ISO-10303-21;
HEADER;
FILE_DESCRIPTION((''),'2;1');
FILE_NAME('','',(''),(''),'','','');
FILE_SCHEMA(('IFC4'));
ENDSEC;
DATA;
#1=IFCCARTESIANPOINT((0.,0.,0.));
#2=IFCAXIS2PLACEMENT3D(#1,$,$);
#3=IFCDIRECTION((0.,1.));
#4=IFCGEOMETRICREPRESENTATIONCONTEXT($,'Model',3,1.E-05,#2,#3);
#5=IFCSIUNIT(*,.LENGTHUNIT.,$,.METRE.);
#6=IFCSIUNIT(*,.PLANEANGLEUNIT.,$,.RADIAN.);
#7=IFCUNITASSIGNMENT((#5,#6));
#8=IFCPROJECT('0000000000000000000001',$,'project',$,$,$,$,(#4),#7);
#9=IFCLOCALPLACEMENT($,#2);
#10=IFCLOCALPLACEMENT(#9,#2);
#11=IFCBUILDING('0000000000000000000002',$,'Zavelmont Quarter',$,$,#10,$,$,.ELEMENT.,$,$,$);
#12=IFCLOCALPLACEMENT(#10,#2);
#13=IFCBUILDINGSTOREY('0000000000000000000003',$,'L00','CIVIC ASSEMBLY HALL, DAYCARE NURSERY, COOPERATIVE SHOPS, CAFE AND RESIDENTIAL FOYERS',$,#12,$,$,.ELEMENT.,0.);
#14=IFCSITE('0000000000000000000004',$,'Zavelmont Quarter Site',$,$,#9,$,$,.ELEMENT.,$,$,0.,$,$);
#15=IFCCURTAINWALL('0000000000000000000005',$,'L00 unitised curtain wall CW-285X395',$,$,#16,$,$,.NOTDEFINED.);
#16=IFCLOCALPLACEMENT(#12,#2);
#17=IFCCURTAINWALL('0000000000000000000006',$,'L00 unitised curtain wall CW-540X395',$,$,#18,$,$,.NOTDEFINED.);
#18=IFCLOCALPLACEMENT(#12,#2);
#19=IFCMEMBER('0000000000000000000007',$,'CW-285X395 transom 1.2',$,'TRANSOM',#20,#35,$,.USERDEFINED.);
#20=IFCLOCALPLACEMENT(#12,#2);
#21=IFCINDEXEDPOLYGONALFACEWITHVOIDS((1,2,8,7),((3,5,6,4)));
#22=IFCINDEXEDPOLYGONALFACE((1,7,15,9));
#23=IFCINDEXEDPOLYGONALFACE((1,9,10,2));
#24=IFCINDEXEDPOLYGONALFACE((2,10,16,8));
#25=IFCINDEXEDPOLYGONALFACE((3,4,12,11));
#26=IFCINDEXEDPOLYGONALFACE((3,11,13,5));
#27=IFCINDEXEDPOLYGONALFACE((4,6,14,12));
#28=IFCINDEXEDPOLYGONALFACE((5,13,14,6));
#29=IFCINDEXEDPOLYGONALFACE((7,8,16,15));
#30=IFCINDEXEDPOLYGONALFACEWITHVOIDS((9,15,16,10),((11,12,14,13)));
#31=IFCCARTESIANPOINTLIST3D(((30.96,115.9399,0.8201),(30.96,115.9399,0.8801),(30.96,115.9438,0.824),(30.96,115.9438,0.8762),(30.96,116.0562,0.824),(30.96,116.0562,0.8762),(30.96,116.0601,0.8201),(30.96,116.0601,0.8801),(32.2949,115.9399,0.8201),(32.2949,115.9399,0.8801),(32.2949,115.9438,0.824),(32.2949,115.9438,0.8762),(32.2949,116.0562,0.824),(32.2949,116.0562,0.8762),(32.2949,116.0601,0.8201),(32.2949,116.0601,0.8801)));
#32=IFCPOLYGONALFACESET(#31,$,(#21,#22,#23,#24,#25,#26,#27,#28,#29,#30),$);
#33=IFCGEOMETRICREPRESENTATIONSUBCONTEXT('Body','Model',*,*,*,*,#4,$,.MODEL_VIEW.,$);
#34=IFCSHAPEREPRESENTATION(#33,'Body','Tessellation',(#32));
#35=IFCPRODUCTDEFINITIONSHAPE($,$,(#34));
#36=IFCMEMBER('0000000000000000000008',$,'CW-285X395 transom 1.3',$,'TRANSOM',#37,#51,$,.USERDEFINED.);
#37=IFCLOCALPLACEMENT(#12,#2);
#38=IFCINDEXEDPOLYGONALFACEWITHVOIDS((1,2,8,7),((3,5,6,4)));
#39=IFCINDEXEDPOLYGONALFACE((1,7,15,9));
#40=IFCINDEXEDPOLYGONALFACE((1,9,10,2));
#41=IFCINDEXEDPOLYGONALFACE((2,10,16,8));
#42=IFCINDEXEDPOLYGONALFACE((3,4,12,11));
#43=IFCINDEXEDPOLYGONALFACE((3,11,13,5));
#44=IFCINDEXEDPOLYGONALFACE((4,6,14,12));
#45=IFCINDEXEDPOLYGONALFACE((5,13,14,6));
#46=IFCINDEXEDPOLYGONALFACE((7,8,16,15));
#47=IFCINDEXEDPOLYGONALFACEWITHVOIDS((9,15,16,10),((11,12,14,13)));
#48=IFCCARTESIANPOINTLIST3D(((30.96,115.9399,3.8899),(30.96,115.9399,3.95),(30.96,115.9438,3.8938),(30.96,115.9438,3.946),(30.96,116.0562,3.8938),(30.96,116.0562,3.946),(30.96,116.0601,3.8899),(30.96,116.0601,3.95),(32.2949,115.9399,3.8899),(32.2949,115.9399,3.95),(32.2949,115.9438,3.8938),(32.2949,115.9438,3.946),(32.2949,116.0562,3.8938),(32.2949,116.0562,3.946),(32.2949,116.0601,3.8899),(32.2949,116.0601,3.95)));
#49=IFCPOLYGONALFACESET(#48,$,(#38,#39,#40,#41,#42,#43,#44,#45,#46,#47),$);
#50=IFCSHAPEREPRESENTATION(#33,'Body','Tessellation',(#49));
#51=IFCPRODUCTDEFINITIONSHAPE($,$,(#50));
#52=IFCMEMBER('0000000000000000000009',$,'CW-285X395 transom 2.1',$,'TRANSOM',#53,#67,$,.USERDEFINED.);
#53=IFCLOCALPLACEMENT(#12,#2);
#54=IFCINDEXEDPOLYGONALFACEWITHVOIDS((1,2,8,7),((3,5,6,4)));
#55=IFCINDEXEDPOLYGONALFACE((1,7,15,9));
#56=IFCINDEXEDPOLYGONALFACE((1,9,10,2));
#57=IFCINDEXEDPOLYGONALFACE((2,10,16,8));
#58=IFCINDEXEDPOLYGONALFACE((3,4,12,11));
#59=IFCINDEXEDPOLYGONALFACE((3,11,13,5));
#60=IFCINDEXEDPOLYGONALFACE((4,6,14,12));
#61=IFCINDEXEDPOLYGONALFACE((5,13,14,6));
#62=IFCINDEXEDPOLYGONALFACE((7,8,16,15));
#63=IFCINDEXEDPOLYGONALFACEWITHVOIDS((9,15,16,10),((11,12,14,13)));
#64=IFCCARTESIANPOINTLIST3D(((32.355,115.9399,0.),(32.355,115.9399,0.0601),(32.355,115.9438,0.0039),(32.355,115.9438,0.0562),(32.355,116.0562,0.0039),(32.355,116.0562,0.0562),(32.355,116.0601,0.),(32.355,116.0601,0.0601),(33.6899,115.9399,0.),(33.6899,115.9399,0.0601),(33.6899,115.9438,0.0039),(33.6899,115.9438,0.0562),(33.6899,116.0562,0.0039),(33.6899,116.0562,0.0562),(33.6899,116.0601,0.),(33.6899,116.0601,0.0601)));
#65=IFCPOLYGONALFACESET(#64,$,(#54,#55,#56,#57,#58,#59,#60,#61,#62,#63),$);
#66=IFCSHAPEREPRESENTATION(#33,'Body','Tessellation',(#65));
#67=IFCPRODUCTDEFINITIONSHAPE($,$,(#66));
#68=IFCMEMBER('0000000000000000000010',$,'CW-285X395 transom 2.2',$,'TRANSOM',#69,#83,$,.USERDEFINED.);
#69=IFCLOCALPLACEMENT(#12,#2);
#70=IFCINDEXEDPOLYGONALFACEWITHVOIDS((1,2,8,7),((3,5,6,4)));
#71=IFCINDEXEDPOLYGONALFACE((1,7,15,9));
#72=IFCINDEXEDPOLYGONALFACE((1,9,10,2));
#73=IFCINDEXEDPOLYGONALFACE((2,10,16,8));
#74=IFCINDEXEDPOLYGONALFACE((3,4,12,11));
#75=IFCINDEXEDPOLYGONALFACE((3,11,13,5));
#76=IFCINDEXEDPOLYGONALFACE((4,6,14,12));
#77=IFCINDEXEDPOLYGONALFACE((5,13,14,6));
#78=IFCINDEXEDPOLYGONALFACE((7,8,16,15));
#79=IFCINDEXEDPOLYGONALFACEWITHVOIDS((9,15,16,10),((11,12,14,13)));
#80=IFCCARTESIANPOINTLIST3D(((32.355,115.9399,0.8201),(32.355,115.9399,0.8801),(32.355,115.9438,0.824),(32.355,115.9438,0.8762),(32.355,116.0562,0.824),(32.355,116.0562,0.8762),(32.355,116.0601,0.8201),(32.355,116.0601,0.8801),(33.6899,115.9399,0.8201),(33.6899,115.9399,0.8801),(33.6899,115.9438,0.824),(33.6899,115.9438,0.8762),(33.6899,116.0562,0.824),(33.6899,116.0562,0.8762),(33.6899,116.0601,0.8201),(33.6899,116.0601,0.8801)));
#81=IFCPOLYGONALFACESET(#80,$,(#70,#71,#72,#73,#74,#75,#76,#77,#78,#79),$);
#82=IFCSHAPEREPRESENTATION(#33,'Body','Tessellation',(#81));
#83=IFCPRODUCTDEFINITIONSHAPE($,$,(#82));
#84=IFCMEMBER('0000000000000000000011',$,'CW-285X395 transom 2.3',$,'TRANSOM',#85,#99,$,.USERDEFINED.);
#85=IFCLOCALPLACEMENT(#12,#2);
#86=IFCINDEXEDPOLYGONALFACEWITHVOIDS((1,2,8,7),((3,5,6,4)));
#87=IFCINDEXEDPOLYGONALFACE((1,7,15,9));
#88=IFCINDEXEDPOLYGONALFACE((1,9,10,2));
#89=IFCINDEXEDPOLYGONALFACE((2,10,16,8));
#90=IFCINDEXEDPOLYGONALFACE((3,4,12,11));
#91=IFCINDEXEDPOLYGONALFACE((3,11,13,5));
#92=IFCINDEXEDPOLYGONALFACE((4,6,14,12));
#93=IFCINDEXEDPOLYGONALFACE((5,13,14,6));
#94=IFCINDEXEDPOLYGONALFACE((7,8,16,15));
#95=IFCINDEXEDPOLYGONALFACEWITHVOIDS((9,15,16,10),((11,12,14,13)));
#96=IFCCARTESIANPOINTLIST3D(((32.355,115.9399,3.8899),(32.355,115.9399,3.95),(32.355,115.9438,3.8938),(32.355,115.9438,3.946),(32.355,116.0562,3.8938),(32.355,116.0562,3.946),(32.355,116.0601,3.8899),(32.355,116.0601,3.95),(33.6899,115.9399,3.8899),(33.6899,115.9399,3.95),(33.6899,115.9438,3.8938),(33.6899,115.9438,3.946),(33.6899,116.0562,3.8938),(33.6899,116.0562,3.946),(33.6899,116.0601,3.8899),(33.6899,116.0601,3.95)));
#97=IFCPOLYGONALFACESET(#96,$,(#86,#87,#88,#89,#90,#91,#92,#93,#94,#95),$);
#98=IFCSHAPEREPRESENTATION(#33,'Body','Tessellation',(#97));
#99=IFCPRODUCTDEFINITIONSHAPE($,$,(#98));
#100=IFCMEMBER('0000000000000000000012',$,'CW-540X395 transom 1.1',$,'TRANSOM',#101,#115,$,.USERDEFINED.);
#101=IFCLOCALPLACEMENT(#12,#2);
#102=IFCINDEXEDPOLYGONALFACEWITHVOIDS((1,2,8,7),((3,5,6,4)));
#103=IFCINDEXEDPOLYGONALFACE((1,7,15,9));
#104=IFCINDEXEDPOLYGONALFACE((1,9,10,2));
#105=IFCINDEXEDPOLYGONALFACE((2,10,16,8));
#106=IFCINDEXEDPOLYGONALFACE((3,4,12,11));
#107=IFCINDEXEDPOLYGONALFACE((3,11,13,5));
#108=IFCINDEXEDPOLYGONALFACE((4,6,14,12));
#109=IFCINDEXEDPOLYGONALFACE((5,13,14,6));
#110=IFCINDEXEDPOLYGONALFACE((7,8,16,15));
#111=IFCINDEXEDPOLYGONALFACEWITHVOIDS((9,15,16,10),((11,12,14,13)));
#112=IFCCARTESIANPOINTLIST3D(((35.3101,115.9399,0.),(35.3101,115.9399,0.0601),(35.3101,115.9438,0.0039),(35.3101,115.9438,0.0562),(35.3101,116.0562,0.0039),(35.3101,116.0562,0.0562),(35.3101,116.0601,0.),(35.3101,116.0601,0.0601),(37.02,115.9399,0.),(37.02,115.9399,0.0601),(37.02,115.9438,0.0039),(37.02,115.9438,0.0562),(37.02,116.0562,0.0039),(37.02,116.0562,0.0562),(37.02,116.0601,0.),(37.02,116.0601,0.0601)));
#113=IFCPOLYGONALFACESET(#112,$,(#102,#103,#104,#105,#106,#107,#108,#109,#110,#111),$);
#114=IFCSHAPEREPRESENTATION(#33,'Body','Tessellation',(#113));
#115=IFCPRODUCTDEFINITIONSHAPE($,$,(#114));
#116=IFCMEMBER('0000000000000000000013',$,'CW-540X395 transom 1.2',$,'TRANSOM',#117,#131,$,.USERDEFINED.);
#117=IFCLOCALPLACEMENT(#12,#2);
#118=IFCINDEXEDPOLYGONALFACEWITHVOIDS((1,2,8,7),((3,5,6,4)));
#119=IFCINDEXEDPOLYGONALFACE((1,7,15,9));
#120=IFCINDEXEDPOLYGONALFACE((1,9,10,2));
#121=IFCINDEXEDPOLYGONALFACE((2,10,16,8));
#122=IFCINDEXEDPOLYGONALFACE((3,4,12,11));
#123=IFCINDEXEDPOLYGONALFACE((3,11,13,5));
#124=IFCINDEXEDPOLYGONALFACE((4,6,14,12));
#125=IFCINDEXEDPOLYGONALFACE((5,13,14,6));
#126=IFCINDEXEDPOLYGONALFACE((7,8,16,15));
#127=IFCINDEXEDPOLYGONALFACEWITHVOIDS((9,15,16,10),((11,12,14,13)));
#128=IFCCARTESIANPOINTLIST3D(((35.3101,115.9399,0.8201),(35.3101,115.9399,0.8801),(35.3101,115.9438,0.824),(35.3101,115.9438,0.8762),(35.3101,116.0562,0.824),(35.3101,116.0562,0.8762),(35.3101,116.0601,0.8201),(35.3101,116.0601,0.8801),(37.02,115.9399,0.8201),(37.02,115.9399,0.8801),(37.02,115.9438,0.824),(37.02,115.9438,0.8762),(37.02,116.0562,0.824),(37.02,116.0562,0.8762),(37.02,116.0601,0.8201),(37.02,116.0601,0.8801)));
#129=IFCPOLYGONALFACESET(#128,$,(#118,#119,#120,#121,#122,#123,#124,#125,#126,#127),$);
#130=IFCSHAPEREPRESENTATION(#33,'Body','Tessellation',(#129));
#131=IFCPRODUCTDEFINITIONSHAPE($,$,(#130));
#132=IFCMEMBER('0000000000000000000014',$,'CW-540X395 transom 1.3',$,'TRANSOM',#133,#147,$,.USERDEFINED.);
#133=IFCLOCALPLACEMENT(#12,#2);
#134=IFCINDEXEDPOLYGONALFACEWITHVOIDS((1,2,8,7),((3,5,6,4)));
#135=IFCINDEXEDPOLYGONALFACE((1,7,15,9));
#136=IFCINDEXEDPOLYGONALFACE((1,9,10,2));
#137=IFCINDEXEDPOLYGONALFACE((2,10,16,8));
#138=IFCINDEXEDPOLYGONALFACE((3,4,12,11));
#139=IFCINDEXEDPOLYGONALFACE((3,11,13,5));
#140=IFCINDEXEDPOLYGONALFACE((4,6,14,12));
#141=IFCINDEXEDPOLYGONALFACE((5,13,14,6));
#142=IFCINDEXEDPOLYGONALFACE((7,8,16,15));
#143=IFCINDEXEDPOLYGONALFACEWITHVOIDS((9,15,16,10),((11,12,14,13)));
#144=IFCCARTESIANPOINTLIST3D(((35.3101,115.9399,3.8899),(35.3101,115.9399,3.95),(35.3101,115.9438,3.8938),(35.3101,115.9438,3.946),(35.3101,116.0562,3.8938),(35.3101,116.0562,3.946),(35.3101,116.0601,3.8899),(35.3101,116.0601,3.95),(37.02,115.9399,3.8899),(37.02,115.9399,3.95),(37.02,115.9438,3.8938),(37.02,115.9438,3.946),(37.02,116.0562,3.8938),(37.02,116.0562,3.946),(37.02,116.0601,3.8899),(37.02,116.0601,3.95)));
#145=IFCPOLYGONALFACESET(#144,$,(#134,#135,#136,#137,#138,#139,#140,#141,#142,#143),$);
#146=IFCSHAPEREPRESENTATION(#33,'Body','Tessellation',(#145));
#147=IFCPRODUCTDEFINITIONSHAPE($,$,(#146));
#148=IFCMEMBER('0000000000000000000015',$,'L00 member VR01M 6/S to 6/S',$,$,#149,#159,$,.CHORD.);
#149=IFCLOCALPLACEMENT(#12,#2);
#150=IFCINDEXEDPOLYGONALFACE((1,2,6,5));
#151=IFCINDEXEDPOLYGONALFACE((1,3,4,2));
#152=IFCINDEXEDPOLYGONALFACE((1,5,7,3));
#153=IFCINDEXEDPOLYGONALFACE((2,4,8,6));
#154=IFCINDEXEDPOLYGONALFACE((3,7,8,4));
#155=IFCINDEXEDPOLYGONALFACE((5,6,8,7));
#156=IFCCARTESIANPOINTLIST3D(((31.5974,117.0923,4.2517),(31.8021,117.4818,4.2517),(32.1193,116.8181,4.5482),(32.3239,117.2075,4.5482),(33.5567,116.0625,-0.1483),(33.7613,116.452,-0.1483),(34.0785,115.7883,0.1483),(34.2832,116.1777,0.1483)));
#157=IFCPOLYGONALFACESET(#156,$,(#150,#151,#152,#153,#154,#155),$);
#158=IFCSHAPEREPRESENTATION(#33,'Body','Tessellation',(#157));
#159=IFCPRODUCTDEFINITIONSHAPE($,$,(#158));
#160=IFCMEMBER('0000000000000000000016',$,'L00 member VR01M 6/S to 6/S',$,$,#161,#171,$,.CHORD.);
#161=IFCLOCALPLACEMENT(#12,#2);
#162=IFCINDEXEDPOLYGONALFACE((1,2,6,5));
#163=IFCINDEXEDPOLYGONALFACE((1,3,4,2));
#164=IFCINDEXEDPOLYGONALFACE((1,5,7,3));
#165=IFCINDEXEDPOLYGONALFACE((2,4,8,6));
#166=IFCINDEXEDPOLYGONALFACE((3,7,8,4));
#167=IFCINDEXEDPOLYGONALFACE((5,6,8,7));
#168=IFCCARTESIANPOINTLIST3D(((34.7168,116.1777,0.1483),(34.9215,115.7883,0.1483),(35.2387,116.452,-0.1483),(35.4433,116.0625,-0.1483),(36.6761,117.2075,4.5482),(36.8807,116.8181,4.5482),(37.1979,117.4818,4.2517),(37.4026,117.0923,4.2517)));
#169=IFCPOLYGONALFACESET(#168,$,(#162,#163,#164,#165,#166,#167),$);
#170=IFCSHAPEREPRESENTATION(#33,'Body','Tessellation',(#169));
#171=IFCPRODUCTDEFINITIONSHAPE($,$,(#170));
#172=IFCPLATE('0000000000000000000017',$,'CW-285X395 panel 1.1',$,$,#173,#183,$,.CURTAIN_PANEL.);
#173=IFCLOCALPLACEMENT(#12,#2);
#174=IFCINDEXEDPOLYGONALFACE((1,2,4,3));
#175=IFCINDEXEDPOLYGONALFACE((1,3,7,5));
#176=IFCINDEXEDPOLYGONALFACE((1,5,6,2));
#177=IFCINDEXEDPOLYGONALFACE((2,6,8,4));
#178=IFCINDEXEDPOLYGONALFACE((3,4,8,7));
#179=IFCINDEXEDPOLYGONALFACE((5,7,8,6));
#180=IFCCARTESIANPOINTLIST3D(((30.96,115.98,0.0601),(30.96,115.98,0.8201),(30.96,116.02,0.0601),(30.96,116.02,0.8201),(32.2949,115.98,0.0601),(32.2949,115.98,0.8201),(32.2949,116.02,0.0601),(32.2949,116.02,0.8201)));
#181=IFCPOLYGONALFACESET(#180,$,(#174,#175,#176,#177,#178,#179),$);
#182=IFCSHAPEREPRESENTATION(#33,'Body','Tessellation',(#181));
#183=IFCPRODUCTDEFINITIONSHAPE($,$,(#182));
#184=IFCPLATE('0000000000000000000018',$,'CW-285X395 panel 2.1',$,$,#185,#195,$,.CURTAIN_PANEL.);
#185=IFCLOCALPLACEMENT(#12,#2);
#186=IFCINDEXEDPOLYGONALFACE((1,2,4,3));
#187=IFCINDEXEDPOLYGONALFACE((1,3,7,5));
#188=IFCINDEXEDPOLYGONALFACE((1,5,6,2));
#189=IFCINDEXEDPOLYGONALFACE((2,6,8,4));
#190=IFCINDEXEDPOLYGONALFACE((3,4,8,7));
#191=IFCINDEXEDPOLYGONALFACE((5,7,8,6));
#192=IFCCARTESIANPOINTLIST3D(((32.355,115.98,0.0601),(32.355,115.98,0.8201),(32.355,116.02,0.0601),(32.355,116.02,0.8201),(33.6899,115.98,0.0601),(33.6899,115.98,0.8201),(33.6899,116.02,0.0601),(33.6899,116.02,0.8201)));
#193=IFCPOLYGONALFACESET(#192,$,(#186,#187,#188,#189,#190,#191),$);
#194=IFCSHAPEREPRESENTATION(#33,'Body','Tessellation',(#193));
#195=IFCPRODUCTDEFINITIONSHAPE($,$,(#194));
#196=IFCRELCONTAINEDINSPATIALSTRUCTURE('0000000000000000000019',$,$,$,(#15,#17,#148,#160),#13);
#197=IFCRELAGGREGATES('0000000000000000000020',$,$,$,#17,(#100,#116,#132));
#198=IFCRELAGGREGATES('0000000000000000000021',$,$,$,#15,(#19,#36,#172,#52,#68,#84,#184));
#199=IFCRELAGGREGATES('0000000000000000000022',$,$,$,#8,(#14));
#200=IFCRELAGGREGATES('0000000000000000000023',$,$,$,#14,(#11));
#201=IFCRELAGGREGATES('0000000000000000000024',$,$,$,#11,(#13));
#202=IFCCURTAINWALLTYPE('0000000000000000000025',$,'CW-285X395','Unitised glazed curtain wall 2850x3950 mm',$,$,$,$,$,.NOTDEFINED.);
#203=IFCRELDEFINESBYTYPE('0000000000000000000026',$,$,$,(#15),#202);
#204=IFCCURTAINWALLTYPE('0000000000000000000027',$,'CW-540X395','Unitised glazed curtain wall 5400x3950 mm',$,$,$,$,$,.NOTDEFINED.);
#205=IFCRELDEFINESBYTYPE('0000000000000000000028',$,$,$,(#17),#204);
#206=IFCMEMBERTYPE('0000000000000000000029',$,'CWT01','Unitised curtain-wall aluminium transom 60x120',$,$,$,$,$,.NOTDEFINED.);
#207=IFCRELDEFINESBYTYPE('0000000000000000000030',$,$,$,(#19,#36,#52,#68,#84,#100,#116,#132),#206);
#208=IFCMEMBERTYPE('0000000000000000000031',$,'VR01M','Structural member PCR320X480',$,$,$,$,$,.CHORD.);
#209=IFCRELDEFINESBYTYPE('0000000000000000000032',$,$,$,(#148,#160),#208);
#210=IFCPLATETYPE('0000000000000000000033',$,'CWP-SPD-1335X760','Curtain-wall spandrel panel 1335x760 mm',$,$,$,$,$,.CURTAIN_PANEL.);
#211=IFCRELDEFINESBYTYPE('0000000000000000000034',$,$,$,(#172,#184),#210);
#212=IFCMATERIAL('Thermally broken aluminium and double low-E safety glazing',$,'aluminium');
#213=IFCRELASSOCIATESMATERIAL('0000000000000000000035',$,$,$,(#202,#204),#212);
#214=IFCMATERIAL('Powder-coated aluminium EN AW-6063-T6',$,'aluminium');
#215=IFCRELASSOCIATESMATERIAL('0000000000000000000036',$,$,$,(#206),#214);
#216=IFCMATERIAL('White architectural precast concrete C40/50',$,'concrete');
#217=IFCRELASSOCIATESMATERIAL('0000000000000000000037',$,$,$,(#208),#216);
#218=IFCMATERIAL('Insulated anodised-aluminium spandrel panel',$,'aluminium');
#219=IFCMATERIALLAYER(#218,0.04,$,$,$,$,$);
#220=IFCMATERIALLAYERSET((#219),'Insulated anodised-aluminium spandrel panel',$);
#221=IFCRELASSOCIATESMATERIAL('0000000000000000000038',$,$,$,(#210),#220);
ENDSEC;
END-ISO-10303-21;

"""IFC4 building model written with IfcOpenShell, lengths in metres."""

from ifc_helpers import new_model, si_unit, direction, frame, origin, origin_2d, place, context, subcontext, project, spatial, rectangle, hollow_rectangle, extrude, material, layer, layer_set, material_profile, profile_set, type_object, element, aggregate, save


model = new_model("IFC4")

# Units and contexts
model_context = context("Model", 3, precision=1e-05, world=origin(), true_north=direction((0.0, 1.0)))
body_context = subcontext(model_context, "Body", "Model", "MODEL_VIEW")
ifc_project = project(units=[si_unit("LENGTHUNIT", "METRE"), si_unit("PLANEANGLEUNIT", "RADIAN")], contexts=[model_context])

# Site, building, storey
site_placement = place(None, origin())
site = spatial("IfcSite", under=ifc_project, at=site_placement, Name="Zavelmont Quarter Site", CompositionType="ELEMENT", RefElevation=0.0)
building_placement = place(site_placement, origin())
building = spatial("IfcBuilding", under=site, at=building_placement, Name="Zavelmont Quarter", CompositionType="ELEMENT")
storey_placement = place(building_placement, origin())
storey = spatial("IfcBuildingStorey", under=building, at=storey_placement, Name="L00", Description="CIVIC ASSEMBLY HALL, DAYCARE NURSERY, COOPERATIVE SHOPS, CAFE AND RESIDENTIAL FOYERS", CompositionType="ELEMENT", Elevation=0.0)

# Curtain wall
ifc_material_1 = material(Name="Thermally broken aluminium and double low-E safety glazing", Category="aluminium")
curtain_wall_type_1 = type_object("IfcCurtainWallType", Name="CW-285X395", Description="Unitised glazed curtain wall 2850x3950 mm", PredefinedType="NOTDEFINED", material=ifc_material_1)
curtain_wall_1_placement = place(storey_placement, origin())
curtain_wall_1 = element("IfcCurtainWall", 1, at=curtain_wall_1_placement, inside=storey, type_object=curtain_wall_type_1, Name="L00 unitised curtain wall CW-285X395", PredefinedType="NOTDEFINED")
ifc_material_2 = material(Name="Powder-coated aluminium EN AW-6063-T6", Category="aluminium")

# Curtain wall
curtain_wall_type_2 = type_object("IfcCurtainWallType", Name="CW-540X395", Description="Unitised glazed curtain wall 5400x3950 mm", PredefinedType="NOTDEFINED", material=ifc_material_1)
curtain_wall_2_placement = place(storey_placement, origin())
curtain_wall_2 = element("IfcCurtainWall", 2, at=curtain_wall_2_placement, inside=storey, type_object=curtain_wall_type_2, Name="L00 unitised curtain wall CW-540X395", PredefinedType="NOTDEFINED")

# Members
ifc_material_profile_1 = material_profile(ifc_material_2, hollow_rectangle(XDim=0.1201, YDim=0.0601, WallThickness=0.0039, at=origin_2d()), Name="CWT60X120")
ifc_profile_set_1 = profile_set([ifc_material_profile_1], Name="Powder-coated aluminium EN AW-6063-T6")
member_type_1 = type_object("IfcMemberType", Name="CWT01", Description="Unitised curtain-wall aluminium transom 60x120", PredefinedType="NOTDEFINED", material=ifc_profile_set_1)
member_1_placement = place(storey_placement, frame((30.96, 116.0, 0.8501), z_axis=(1.0, 0.0, 0.0), x_axis=(0.0, 1.0, 0.0)))
member_1 = element("IfcMember", 3, at=member_1_placement, type_object=member_type_1, Name="CW-285X395 transom 1.2", ObjectType="TRANSOM", PredefinedType="USERDEFINED", context=body_context, shape_type="SweptSolid", body=[
    extrude(hollow_rectangle(XDim=0.1201, YDim=0.0601, WallThickness=0.0039, at=origin_2d()), origin(), (0.0, 0.0, 1.0), 1.335),
])
member_2_placement = place(storey_placement, frame((30.96, 116.0, 3.9199), z_axis=(1.0, 0.0, 0.0), x_axis=(0.0, 1.0, 0.0)))
member_2 = element("IfcMember", 4, at=member_2_placement, type_object=member_type_1, Name="CW-285X395 transom 1.3", ObjectType="TRANSOM", PredefinedType="USERDEFINED", context=body_context, shape_type="SweptSolid", body=[
    extrude(hollow_rectangle(XDim=0.1201, YDim=0.0601, WallThickness=0.0039, at=origin_2d()), origin(), (0.0, 0.0, 1.0), 1.335),
])
member_3_placement = place(storey_placement, frame((32.355, 116.0, 0.03), z_axis=(1.0, 0.0, 0.0), x_axis=(0.0, 1.0, 0.0)))
member_3 = element("IfcMember", 5, at=member_3_placement, type_object=member_type_1, Name="CW-285X395 transom 2.1", ObjectType="TRANSOM", PredefinedType="USERDEFINED", context=body_context, shape_type="SweptSolid", body=[
    extrude(hollow_rectangle(XDim=0.1201, YDim=0.0601, WallThickness=0.0039, at=origin_2d()), origin(), (0.0, 0.0, 1.0), 1.335),
])
member_4_placement = place(storey_placement, frame((32.355, 116.0, 0.8501), z_axis=(1.0, 0.0, 0.0), x_axis=(0.0, 1.0, 0.0)))
member_4 = element("IfcMember", 6, at=member_4_placement, type_object=member_type_1, Name="CW-285X395 transom 2.2", ObjectType="TRANSOM", PredefinedType="USERDEFINED", context=body_context, shape_type="SweptSolid", body=[
    extrude(hollow_rectangle(XDim=0.1201, YDim=0.0601, WallThickness=0.0039, at=origin_2d()), origin(), (0.0, 0.0, 1.0), 1.335),
])
member_5_placement = place(storey_placement, frame((32.355, 116.0, 3.9199), z_axis=(1.0, 0.0, 0.0), x_axis=(0.0, 1.0, 0.0)))
member_5 = element("IfcMember", 7, at=member_5_placement, type_object=member_type_1, Name="CW-285X395 transom 2.3", ObjectType="TRANSOM", PredefinedType="USERDEFINED", context=body_context, shape_type="SweptSolid", body=[
    extrude(hollow_rectangle(XDim=0.1201, YDim=0.0601, WallThickness=0.0039, at=origin_2d()), origin(), (0.0, 0.0, 1.0), 1.335),
])
member_6_placement = place(storey_placement, frame((35.3101, 116.0, 0.03), z_axis=(1.0, 0.0, 0.0), x_axis=(0.0, 1.0, 0.0)))
member_6 = element("IfcMember", 8, at=member_6_placement, type_object=member_type_1, Name="CW-540X395 transom 1.1", ObjectType="TRANSOM", PredefinedType="USERDEFINED", context=body_context, shape_type="SweptSolid", body=[
    extrude(hollow_rectangle(XDim=0.1201, YDim=0.0601, WallThickness=0.0039, at=origin_2d()), origin(), (0.0, 0.0, 1.0), 1.71),
])
member_7_placement = place(storey_placement, frame((35.3101, 116.0, 0.8501), z_axis=(1.0, 0.0, 0.0), x_axis=(0.0, 1.0, 0.0)))
member_7 = element("IfcMember", 9, at=member_7_placement, type_object=member_type_1, Name="CW-540X395 transom 1.2", ObjectType="TRANSOM", PredefinedType="USERDEFINED", context=body_context, shape_type="SweptSolid", body=[
    extrude(hollow_rectangle(XDim=0.1201, YDim=0.0601, WallThickness=0.0039, at=origin_2d()), origin(), (0.0, 0.0, 1.0), 1.71),
])
member_8_placement = place(storey_placement, frame((35.3101, 116.0, 3.9199), z_axis=(1.0, 0.0, 0.0), x_axis=(0.0, 1.0, 0.0)))
member_8 = element("IfcMember", 10, at=member_8_placement, type_object=member_type_1, Name="CW-540X395 transom 1.3", ObjectType="TRANSOM", PredefinedType="USERDEFINED", context=body_context, shape_type="SweptSolid", body=[
    extrude(hollow_rectangle(XDim=0.1201, YDim=0.0601, WallThickness=0.0039, at=origin_2d()), origin(), (0.0, 0.0, 1.0), 1.71),
])
aggregate(curtain_wall_2, [member_6, member_7, member_8])

# Members
ifc_material_3 = material(Name="White architectural precast concrete C40/50", Category="concrete")
ifc_material_profile_2 = material_profile(ifc_material_3, rectangle(XDim=0.4399, YDim=0.6599, at=origin_2d()), Name="PCR320X480")
ifc_profile_set_2 = profile_set([ifc_material_profile_2], Name="White architectural precast concrete C40/50")
member_type_2 = type_object("IfcMemberType", Name="VR01M", Description="Structural member PCR320X480", PredefinedType="CHORD", material=ifc_profile_set_2)
for number, where, z_axis, x_axis, name in (
    (11, (33.9199, 116.1201, 0.0), (-0.397792, 0.209082, 0.893334), (-0.465255, -0.885176, 0.0), "L00 member VR01M 6/S to 6/S"),
    (12, (35.0801, 116.1201, 0.0), (0.397792, 0.209082, 0.893334), (-0.465255, 0.885176, 0.0), "L00 member VR01M 6/S to 6/S"),
):
    element("IfcMember", number, at=place(storey_placement, frame(where, z_axis=z_axis, x_axis=x_axis)), inside=storey, type_object=member_type_2, Name=name, PredefinedType="CHORD", context=body_context, shape_type="SweptSolid", body=[
        extrude(rectangle(XDim=0.4399, YDim=0.6599, at=origin_2d()), origin(), (0.0, 0.0, 1.0), 4.9253),
    ])

# Plates
ifc_material_4 = material(Name="Insulated anodised-aluminium spandrel panel", Category="aluminium")
ifc_layer_1 = layer(ifc_material_4, 0.04)
ifc_layer_set_1 = layer_set([ifc_layer_1], Name="Insulated anodised-aluminium spandrel panel")
plate_type_1 = type_object("IfcPlateType", Name="CWP-SPD-1335X760", Description="Curtain-wall spandrel panel 1335x760 mm", PredefinedType="CURTAIN_PANEL", material=ifc_layer_set_1)
plate_1_placement = place(storey_placement, frame((31.6274, 116.0, 0.0601), z_axis=(0.0, 0.0, 1.0), x_axis=(1.0, 0.0, 0.0)))
plate_1 = element("IfcPlate", 13, at=plate_1_placement, type_object=plate_type_1, Name="CW-285X395 panel 1.1", PredefinedType="CURTAIN_PANEL", context=body_context, shape_type="SweptSolid", body=[
    extrude(rectangle(XDim=1.335, YDim=0.04, at=origin_2d()), origin(), (0.0, 0.0, 1.0), 0.76),
])
plate_2_placement = place(storey_placement, frame((33.0225, 116.0, 0.0601), z_axis=(0.0, 0.0, 1.0), x_axis=(1.0, 0.0, 0.0)))
plate_2 = element("IfcPlate", 14, at=plate_2_placement, type_object=plate_type_1, Name="CW-285X395 panel 2.1", PredefinedType="CURTAIN_PANEL", context=body_context, shape_type="SweptSolid", body=[
    extrude(rectangle(XDim=1.335, YDim=0.04, at=origin_2d()), origin(), (0.0, 0.0, 1.0), 0.76),
])
aggregate(curtain_wall_1, [member_1, member_2, plate_1, member_3, member_4, member_5, plate_2])

save(model, "model.ifc")
